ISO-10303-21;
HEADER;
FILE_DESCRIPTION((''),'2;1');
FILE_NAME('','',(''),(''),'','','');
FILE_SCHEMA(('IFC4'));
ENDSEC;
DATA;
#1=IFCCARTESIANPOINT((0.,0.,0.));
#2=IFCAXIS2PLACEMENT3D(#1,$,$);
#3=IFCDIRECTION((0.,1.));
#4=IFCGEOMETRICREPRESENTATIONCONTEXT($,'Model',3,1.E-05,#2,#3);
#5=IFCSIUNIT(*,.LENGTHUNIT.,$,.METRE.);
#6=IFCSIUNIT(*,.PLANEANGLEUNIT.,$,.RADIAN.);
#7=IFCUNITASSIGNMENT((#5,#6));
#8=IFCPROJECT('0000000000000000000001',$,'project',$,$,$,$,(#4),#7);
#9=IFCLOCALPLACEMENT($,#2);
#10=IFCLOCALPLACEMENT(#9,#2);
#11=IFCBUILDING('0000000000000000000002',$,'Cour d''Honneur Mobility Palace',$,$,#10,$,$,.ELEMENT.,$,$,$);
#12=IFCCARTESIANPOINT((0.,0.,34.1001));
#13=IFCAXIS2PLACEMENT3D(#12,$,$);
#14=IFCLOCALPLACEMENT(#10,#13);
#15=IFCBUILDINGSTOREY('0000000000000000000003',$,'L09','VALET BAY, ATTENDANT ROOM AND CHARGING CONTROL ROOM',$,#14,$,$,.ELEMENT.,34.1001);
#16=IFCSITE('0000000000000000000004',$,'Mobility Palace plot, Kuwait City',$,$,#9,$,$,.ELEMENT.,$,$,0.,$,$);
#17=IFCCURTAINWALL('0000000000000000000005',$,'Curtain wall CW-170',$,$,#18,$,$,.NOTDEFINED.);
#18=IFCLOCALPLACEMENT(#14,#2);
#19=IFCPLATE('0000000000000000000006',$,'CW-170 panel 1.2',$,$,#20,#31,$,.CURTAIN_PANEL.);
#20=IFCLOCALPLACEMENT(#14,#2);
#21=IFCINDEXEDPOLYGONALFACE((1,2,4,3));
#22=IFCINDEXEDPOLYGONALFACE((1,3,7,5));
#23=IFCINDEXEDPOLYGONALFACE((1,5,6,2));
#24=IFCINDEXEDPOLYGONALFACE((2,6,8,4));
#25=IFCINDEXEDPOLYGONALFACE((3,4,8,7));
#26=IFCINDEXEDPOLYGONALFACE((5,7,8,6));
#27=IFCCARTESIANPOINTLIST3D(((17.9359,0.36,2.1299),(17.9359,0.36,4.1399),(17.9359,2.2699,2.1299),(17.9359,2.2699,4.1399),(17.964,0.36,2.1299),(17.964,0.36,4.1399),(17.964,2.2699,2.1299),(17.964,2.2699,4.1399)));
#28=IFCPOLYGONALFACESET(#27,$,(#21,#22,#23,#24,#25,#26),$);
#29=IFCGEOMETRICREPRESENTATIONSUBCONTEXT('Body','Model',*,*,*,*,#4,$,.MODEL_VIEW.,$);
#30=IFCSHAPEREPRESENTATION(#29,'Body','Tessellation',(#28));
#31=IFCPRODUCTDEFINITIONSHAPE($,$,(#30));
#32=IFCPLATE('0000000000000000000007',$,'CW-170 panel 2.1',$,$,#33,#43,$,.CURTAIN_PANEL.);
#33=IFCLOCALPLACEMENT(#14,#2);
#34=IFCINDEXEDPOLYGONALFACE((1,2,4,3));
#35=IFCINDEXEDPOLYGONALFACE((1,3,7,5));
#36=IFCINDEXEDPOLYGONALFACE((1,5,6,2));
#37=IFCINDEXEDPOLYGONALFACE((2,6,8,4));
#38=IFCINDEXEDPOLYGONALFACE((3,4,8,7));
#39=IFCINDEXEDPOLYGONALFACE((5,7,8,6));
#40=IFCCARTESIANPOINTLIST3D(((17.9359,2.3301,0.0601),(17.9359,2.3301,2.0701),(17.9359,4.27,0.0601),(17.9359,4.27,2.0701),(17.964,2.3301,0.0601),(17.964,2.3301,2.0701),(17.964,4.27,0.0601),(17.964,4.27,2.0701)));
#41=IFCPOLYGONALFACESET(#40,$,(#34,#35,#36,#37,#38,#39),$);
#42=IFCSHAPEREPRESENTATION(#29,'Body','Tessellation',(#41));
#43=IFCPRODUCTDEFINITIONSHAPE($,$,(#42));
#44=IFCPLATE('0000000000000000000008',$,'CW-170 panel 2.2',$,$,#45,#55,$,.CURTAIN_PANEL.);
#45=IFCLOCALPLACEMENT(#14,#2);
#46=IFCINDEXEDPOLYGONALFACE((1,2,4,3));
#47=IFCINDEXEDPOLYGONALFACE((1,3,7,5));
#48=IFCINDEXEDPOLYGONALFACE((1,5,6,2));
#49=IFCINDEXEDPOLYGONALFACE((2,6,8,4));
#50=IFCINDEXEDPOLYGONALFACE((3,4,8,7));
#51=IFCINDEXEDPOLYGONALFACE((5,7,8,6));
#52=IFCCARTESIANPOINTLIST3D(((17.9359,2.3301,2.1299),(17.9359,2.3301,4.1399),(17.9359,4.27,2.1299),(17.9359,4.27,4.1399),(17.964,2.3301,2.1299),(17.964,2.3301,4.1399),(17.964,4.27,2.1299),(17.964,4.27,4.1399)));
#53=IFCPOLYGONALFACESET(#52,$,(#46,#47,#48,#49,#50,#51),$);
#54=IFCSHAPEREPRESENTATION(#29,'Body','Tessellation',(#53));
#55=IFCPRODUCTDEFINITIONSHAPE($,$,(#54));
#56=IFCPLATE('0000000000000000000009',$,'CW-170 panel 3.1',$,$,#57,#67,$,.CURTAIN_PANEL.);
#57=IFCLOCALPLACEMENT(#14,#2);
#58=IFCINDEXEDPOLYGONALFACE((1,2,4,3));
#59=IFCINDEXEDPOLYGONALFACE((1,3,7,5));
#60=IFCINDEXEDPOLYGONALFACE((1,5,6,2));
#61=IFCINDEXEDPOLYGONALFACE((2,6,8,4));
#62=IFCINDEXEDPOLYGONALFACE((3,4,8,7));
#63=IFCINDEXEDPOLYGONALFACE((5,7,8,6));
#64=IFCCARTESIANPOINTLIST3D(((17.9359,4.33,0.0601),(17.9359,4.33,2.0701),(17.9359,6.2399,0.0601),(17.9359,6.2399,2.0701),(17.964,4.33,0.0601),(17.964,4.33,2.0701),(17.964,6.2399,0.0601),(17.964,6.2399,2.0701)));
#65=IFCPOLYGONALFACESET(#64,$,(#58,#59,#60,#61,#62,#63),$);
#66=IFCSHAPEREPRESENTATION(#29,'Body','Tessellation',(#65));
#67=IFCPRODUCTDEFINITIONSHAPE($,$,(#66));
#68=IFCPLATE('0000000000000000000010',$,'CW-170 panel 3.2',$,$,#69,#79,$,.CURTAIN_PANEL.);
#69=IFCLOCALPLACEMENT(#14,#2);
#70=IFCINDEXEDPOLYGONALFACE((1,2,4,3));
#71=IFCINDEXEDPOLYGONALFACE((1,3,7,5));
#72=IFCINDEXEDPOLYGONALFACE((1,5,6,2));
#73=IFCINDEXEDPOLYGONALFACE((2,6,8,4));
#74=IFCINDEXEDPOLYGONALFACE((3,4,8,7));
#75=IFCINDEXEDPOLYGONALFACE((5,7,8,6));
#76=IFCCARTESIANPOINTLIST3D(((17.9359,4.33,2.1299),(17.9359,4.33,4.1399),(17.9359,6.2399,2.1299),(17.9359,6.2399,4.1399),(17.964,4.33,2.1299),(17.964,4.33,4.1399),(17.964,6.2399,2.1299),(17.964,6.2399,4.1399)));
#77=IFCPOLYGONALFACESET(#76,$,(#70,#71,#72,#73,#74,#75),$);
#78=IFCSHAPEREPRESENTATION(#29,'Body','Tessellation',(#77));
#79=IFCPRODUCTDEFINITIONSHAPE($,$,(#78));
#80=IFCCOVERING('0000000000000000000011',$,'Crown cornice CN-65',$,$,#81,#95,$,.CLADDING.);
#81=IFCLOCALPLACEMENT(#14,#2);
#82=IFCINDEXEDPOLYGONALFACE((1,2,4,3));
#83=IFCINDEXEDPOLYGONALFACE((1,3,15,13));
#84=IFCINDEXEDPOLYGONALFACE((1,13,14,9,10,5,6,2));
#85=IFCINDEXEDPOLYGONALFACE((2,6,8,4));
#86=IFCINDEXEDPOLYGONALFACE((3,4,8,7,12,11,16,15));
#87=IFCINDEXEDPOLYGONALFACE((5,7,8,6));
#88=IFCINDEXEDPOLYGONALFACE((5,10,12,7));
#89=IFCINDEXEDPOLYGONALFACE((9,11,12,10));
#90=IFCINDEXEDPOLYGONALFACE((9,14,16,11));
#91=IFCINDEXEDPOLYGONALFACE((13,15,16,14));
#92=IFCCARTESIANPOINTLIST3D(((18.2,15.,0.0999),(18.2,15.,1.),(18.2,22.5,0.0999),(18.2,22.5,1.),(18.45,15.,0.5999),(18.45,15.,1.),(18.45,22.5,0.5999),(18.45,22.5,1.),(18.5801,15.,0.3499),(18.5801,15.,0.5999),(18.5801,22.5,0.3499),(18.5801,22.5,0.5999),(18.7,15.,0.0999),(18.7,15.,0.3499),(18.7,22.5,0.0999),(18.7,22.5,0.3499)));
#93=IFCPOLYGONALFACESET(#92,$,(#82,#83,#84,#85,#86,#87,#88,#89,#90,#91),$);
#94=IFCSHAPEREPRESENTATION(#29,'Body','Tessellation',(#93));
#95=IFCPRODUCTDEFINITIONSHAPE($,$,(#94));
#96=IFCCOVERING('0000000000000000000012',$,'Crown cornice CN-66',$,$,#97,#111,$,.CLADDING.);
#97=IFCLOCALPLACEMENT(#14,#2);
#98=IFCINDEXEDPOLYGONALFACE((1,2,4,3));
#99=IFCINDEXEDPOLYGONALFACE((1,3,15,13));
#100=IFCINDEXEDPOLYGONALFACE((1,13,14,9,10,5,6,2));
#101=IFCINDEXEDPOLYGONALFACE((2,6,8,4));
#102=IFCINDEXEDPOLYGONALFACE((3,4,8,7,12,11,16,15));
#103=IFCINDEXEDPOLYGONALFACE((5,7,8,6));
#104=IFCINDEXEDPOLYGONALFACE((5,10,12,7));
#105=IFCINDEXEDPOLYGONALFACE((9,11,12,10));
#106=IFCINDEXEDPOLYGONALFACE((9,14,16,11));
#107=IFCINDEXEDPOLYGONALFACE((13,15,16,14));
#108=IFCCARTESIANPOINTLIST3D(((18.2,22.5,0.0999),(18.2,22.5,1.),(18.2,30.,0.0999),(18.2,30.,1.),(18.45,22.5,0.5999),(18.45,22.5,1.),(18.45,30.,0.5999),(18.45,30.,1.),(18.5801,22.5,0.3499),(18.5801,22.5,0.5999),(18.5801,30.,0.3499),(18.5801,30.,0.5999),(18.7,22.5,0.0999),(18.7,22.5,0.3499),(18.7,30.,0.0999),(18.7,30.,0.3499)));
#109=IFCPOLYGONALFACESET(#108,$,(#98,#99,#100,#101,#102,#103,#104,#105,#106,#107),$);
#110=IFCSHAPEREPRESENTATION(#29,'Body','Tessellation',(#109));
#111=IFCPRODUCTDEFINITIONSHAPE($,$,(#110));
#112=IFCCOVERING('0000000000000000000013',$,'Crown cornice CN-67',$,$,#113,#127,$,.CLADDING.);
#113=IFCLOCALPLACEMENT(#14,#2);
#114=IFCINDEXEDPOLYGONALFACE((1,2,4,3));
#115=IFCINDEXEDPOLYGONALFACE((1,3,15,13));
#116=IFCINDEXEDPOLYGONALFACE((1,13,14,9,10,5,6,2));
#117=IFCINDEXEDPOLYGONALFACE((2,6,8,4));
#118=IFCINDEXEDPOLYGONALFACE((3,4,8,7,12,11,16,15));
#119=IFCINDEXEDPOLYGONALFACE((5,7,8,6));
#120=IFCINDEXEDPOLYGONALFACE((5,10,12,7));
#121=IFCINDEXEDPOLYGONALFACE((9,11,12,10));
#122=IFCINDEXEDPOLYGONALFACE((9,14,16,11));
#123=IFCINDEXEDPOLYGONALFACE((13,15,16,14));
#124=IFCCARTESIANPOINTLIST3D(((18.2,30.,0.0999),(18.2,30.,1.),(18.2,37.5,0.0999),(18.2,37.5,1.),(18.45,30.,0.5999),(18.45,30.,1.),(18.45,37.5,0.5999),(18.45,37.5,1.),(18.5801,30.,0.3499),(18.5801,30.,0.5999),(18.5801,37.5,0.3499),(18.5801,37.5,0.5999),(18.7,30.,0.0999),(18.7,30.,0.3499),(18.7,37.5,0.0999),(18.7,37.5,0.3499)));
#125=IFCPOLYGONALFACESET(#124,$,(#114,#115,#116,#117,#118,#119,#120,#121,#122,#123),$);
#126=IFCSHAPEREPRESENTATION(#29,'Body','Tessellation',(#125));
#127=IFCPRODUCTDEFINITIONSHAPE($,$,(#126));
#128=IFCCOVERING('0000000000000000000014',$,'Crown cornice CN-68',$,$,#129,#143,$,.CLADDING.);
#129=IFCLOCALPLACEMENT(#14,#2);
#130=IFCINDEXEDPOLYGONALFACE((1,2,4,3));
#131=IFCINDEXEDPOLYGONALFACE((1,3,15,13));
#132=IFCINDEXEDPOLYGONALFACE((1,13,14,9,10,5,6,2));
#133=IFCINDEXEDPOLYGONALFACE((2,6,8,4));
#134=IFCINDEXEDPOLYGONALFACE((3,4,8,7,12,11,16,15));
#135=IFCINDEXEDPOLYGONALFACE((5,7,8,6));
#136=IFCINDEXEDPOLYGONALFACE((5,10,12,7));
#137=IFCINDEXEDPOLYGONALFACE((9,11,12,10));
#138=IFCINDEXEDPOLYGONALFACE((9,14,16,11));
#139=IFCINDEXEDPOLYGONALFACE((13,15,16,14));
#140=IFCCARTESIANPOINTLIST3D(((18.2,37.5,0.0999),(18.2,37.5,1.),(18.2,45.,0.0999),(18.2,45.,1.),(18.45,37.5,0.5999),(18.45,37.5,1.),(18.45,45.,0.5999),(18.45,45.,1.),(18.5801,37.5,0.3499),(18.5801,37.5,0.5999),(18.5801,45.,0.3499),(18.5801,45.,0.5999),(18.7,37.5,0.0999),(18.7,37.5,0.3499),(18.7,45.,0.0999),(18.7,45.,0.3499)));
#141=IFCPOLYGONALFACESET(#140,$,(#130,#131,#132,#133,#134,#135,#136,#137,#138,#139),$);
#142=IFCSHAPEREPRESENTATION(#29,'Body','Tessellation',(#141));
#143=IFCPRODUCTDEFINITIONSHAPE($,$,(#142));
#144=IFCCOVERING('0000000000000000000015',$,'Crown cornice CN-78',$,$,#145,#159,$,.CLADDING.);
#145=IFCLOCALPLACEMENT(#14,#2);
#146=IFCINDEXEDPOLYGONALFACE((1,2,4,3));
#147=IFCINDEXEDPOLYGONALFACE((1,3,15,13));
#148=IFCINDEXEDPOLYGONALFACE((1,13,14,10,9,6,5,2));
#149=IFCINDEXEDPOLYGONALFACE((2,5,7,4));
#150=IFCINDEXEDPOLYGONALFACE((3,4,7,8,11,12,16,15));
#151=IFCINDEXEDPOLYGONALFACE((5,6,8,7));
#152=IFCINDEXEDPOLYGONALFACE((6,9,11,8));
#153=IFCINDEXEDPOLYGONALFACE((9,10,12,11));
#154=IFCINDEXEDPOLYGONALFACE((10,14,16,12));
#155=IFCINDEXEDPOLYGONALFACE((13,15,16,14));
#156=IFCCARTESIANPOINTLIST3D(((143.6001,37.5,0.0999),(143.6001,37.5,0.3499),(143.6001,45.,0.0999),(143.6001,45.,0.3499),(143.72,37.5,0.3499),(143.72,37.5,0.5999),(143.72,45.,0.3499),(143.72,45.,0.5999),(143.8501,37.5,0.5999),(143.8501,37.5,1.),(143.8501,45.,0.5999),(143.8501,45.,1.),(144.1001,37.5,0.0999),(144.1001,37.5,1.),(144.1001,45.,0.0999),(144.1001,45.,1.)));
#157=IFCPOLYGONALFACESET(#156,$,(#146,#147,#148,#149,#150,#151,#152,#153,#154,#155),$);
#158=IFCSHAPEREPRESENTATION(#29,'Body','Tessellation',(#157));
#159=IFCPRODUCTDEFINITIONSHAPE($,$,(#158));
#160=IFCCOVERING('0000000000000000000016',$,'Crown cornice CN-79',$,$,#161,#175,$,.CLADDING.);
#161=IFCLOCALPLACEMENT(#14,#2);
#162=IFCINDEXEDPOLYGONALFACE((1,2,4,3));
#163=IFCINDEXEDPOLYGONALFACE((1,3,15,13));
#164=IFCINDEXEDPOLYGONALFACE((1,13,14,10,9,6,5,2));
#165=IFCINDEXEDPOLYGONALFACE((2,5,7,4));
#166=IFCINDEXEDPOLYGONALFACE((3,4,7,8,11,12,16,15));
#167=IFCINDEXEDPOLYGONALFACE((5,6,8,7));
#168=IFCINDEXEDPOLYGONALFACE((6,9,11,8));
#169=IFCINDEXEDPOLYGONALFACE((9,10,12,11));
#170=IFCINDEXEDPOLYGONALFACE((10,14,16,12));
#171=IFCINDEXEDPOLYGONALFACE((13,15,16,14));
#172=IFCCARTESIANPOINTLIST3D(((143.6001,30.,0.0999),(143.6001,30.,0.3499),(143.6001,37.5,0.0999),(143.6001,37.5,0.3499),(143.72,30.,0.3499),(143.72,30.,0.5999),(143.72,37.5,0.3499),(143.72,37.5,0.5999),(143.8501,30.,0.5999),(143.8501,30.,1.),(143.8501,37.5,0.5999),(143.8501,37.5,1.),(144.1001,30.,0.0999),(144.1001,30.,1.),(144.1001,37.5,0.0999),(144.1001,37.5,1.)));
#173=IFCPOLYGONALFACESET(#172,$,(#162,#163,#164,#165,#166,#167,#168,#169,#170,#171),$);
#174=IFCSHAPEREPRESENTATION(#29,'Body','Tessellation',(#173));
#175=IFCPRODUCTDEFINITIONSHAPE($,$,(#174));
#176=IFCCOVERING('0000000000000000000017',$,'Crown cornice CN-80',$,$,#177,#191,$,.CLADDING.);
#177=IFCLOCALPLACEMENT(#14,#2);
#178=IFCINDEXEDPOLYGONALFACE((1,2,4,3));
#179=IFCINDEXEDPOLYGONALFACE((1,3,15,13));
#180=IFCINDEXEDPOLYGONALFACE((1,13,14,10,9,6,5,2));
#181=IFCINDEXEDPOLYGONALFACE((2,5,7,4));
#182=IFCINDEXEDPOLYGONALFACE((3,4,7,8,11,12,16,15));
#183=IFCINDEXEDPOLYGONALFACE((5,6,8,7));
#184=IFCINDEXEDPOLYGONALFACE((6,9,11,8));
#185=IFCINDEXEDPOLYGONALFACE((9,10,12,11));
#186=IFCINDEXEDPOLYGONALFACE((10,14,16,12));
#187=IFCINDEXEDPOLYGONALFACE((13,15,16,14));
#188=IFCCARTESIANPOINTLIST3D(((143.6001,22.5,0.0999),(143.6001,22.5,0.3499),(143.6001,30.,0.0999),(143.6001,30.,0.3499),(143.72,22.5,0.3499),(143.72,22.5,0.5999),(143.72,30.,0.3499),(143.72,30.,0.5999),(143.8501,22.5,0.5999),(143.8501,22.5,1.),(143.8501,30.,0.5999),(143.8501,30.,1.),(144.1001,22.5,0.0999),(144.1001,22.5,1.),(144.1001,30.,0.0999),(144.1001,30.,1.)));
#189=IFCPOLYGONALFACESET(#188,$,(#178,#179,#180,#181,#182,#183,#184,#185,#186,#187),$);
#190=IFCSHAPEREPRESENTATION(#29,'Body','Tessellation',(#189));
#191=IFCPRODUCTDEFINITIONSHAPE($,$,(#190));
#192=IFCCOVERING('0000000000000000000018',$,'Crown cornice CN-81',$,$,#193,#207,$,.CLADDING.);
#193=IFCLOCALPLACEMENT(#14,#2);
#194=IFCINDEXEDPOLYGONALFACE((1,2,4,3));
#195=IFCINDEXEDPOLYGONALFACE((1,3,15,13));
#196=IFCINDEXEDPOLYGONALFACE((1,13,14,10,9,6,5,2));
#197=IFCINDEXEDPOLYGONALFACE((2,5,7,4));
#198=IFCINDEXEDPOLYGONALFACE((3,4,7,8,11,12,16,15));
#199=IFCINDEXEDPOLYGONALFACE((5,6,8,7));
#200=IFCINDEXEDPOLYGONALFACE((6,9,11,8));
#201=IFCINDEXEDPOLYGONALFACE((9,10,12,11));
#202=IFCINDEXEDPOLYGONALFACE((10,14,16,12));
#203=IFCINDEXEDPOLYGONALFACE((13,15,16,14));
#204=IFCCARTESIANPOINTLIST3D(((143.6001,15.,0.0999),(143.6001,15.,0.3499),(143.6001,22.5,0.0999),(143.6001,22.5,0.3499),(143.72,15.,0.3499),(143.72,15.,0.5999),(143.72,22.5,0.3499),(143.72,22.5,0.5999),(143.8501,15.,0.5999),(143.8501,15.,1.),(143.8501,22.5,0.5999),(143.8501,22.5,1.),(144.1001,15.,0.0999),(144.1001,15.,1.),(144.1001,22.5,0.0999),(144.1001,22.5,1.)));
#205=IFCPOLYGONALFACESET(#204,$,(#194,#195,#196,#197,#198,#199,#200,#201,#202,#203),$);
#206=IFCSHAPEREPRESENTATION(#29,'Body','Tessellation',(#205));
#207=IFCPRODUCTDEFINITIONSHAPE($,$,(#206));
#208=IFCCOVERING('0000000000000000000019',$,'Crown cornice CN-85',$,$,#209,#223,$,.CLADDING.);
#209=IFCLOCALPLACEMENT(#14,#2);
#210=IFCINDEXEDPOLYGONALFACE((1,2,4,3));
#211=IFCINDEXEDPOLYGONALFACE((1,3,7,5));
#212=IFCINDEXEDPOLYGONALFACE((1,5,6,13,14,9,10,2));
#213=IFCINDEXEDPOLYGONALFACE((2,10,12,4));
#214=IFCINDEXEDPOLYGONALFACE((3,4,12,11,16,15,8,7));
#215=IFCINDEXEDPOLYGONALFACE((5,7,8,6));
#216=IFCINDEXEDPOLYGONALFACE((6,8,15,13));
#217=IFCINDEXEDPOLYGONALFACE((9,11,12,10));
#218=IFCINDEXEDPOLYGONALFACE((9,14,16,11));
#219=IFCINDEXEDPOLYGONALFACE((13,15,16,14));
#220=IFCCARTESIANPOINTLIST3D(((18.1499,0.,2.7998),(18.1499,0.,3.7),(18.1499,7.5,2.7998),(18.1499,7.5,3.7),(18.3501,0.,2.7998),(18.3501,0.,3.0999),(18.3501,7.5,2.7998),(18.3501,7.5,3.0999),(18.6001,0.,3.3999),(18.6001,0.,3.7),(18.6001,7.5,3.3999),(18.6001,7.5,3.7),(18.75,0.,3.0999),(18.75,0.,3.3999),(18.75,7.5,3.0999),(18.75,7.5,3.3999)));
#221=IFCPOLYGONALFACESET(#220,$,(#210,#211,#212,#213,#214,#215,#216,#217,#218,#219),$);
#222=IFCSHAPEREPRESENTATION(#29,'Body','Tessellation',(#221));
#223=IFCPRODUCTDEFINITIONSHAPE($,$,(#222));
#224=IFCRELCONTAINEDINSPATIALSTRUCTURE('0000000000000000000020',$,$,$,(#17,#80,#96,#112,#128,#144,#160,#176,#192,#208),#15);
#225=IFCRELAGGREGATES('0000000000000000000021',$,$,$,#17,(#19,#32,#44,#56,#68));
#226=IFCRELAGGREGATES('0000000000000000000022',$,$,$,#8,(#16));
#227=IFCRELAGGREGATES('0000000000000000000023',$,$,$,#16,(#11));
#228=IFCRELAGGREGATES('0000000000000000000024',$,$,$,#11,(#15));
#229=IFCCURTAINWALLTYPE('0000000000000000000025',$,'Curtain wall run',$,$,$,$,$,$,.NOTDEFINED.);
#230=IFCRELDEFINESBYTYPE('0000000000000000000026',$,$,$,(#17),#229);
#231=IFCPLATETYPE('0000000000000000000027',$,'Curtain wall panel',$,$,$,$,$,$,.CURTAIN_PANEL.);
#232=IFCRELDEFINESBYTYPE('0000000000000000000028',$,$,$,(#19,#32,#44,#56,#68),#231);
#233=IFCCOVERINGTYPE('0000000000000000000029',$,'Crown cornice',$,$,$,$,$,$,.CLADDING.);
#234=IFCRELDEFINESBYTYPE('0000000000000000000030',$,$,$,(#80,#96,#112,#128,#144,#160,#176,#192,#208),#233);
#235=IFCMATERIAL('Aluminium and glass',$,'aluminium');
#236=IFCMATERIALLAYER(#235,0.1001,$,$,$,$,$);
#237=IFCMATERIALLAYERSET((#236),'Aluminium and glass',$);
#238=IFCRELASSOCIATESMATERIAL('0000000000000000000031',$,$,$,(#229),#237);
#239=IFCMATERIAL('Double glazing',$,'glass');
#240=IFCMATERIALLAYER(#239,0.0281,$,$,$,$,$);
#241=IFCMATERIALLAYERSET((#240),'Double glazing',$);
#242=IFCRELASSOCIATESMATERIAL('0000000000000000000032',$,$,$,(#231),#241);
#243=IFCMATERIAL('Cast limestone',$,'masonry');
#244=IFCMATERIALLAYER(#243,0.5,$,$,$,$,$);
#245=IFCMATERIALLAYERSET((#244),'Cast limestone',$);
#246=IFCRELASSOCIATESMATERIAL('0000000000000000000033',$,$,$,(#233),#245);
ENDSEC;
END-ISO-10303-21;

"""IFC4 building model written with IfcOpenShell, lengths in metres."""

from ifc_helpers import new_model, si_unit, direction, frame, origin, origin_2d, place, context, subcontext, project, spatial, polyline, rectangle, outline, extrude, material, layer, layer_set, type_object, element, aggregate, save


model = new_model("IFC4")

# Units and contexts
model_context = context("Model", 3, precision=1e-05, world=origin(), true_north=direction((0.0, 1.0)))
body_context = subcontext(model_context, "Body", "Model", "MODEL_VIEW")
ifc_project = project(units=[si_unit("LENGTHUNIT", "METRE"), si_unit("PLANEANGLEUNIT", "RADIAN")], contexts=[model_context])

# Site, building, storey
site_placement = place(None, origin())
site = spatial("IfcSite", under=ifc_project, at=site_placement, Name="Mobility Palace plot, Kuwait City", CompositionType="ELEMENT", RefElevation=0.0)
building_placement = place(site_placement, origin())
building = spatial("IfcBuilding", under=site, at=building_placement, Name="Cour d'Honneur Mobility Palace", CompositionType="ELEMENT")
storey_placement = place(building_placement, frame((0.0, 0.0, 34.1001)))
storey = spatial("IfcBuildingStorey", under=building, at=storey_placement, Name="L09", Description="VALET BAY, ATTENDANT ROOM AND CHARGING CONTROL ROOM", CompositionType="ELEMENT", Elevation=34.1001)

# Curtain wall, plates
ifc_material_1 = material(Name="Aluminium and glass", Category="aluminium")
ifc_layer_1 = layer(ifc_material_1, 0.1001)
ifc_layer_set_1 = layer_set([ifc_layer_1], Name="Aluminium and glass")
curtain_wall_type = type_object("IfcCurtainWallType", Name="Curtain wall run", PredefinedType="NOTDEFINED", material=ifc_layer_set_1)
curtain_wall_placement = place(storey_placement, origin())
curtain_wall = element("IfcCurtainWall", 1, at=curtain_wall_placement, inside=storey, type_object=curtain_wall_type, Name="Curtain wall CW-170", PredefinedType="NOTDEFINED")
ifc_material_2 = material(Name="Double glazing", Category="glass")
ifc_layer_2 = layer(ifc_material_2, 0.0281)
ifc_layer_set_2 = layer_set([ifc_layer_2], Name="Double glazing")
plate_type = type_object("IfcPlateType", Name="Curtain wall panel", PredefinedType="CURTAIN_PANEL", material=ifc_layer_set_2)
plate_1_placement = place(storey_placement, frame((17.95, 1.3149, 2.1299), z_axis=(0.0, 0.0, 1.0), x_axis=(0.0, 1.0, 0.0)))
plate_1 = element("IfcPlate", 2, at=plate_1_placement, type_object=plate_type, Name="CW-170 panel 1.2", PredefinedType="CURTAIN_PANEL", context=body_context, shape_type="SweptSolid", body=[
    extrude(rectangle(XDim=1.9099, YDim=0.0281, at=origin_2d()), origin(), (0.0, 0.0, 1.0), 2.01),
])
plate_2_placement = place(storey_placement, frame((17.95, 3.3, 0.0601), z_axis=(0.0, 0.0, 1.0), x_axis=(0.0, 1.0, 0.0)))
plate_2 = element("IfcPlate", 3, at=plate_2_placement, type_object=plate_type, Name="CW-170 panel 2.1", PredefinedType="CURTAIN_PANEL", context=body_context, shape_type="SweptSolid", body=[
    extrude(rectangle(XDim=1.9399, YDim=0.0281, at=origin_2d()), origin(), (0.0, 0.0, 1.0), 2.01),
])
plate_3_placement = place(storey_placement, frame((17.95, 3.3, 2.1299), z_axis=(0.0, 0.0, 1.0), x_axis=(0.0, 1.0, 0.0)))
plate_3 = element("IfcPlate", 4, at=plate_3_placement, type_object=plate_type, Name="CW-170 panel 2.2", PredefinedType="CURTAIN_PANEL", context=body_context, shape_type="SweptSolid", body=[
    extrude(rectangle(XDim=1.9399, YDim=0.0281, at=origin_2d()), origin(), (0.0, 0.0, 1.0), 2.01),
])
plate_4_placement = place(storey_placement, frame((17.95, 5.2849, 0.0601), z_axis=(0.0, 0.0, 1.0), x_axis=(0.0, 1.0, 0.0)))
plate_4 = element("IfcPlate", 5, at=plate_4_placement, type_object=plate_type, Name="CW-170 panel 3.1", PredefinedType="CURTAIN_PANEL", context=body_context, shape_type="SweptSolid", body=[
    extrude(rectangle(XDim=1.9099, YDim=0.0281, at=origin_2d()), origin(), (0.0, 0.0, 1.0), 2.01),
])
plate_5_placement = place(storey_placement, frame((17.95, 5.2849, 2.1299), z_axis=(0.0, 0.0, 1.0), x_axis=(0.0, 1.0, 0.0)))
plate_5 = element("IfcPlate", 6, at=plate_5_placement, type_object=plate_type, Name="CW-170 panel 3.2", PredefinedType="CURTAIN_PANEL", context=body_context, shape_type="SweptSolid", body=[
    extrude(rectangle(XDim=1.9099, YDim=0.0281, at=origin_2d()), origin(), (0.0, 0.0, 1.0), 2.01),
])
aggregate(curtain_wall, [plate_1, plate_2, plate_3, plate_4, plate_5])

# Coverings
ifc_material_3 = material(Name="Cast limestone", Category="masonry")
ifc_layer_3 = layer(ifc_material_3, 0.5)
ifc_layer_set_3 = layer_set([ifc_layer_3], Name="Cast limestone")
covering_type = type_object("IfcCoveringType", Name="Crown cornice", PredefinedType="CLADDING", material=ifc_layer_set_3)
for number, where, z_axis, x_axis, name in (
    (7, (18.2, 15.0, 0.0999), (0.0, -1.0, 0.0), (1.0, 0.0, 0.0), "Crown cornice CN-65"),
    (8, (18.2, 22.5, 0.0999), (0.0, -1.0, 0.0), (1.0, 0.0, 0.0), "Crown cornice CN-66"),
    (9, (18.2, 30.0, 0.0999), (0.0, -1.0, 0.0), (1.0, 0.0, 0.0), "Crown cornice CN-67"),
    (10, (18.2, 37.5, 0.0999), (0.0, -1.0, 0.0), (1.0, 0.0, 0.0), "Crown cornice CN-68"),
    (11, (144.1001, 45.0, 0.0999), (0.0, 1.0, 0.0), (-1.0, 0.0, 0.0), "Crown cornice CN-78"),
    (12, (144.1001, 37.5, 0.0999), (0.0, 1.0, 0.0), (-1.0, 0.0, 0.0), "Crown cornice CN-79"),
    (13, (144.1001, 30.0, 0.0999), (0.0, 1.0, 0.0), (-1.0, 0.0, 0.0), "Crown cornice CN-80"),
    (14, (144.1001, 22.5, 0.0999), (0.0, 1.0, 0.0), (-1.0, 0.0, 0.0), "Crown cornice CN-81"),
):
    element("IfcCovering", number, at=place(storey_placement, frame(where, z_axis=z_axis, x_axis=x_axis)), inside=storey, type_object=covering_type, Name=name, PredefinedType="CLADDING", context=body_context, shape_type="SweptSolid", body=[
        extrude(outline(polyline([(0.0, 0.0), (0.5, 0.0), (0.5, 0.25), (0.3801, 0.25), (0.3801, 0.5), (0.25, 0.5), (0.25, 0.9001), (0.0, 0.9001), (0.0, 0.0)])), origin(), (0.0, 0.0, -1.0), 7.5),
    ])
covering_placement = place(storey_placement, frame((18.1499, 0.0, 2.7998), z_axis=(0.0, -1.0, 0.0), x_axis=(1.0, 0.0, 0.0)))
element("IfcCovering", 15, at=covering_placement, inside=storey, type_object=covering_type, Name="Crown cornice CN-85", PredefinedType="CLADDING", context=body_context, shape_type="SweptSolid", body=[
    extrude(outline(polyline([(0.0, 0.0), (0.2002, 0.0), (0.2002, 0.3), (0.6001, 0.3), (0.6001, 0.6001), (0.4502, 0.6001), (0.4502, 0.9001), (0.0, 0.9001), (0.0, 0.0)])), origin(), (0.0, 0.0, -1.0), 7.5),
])

save(model, "model.ifc")
